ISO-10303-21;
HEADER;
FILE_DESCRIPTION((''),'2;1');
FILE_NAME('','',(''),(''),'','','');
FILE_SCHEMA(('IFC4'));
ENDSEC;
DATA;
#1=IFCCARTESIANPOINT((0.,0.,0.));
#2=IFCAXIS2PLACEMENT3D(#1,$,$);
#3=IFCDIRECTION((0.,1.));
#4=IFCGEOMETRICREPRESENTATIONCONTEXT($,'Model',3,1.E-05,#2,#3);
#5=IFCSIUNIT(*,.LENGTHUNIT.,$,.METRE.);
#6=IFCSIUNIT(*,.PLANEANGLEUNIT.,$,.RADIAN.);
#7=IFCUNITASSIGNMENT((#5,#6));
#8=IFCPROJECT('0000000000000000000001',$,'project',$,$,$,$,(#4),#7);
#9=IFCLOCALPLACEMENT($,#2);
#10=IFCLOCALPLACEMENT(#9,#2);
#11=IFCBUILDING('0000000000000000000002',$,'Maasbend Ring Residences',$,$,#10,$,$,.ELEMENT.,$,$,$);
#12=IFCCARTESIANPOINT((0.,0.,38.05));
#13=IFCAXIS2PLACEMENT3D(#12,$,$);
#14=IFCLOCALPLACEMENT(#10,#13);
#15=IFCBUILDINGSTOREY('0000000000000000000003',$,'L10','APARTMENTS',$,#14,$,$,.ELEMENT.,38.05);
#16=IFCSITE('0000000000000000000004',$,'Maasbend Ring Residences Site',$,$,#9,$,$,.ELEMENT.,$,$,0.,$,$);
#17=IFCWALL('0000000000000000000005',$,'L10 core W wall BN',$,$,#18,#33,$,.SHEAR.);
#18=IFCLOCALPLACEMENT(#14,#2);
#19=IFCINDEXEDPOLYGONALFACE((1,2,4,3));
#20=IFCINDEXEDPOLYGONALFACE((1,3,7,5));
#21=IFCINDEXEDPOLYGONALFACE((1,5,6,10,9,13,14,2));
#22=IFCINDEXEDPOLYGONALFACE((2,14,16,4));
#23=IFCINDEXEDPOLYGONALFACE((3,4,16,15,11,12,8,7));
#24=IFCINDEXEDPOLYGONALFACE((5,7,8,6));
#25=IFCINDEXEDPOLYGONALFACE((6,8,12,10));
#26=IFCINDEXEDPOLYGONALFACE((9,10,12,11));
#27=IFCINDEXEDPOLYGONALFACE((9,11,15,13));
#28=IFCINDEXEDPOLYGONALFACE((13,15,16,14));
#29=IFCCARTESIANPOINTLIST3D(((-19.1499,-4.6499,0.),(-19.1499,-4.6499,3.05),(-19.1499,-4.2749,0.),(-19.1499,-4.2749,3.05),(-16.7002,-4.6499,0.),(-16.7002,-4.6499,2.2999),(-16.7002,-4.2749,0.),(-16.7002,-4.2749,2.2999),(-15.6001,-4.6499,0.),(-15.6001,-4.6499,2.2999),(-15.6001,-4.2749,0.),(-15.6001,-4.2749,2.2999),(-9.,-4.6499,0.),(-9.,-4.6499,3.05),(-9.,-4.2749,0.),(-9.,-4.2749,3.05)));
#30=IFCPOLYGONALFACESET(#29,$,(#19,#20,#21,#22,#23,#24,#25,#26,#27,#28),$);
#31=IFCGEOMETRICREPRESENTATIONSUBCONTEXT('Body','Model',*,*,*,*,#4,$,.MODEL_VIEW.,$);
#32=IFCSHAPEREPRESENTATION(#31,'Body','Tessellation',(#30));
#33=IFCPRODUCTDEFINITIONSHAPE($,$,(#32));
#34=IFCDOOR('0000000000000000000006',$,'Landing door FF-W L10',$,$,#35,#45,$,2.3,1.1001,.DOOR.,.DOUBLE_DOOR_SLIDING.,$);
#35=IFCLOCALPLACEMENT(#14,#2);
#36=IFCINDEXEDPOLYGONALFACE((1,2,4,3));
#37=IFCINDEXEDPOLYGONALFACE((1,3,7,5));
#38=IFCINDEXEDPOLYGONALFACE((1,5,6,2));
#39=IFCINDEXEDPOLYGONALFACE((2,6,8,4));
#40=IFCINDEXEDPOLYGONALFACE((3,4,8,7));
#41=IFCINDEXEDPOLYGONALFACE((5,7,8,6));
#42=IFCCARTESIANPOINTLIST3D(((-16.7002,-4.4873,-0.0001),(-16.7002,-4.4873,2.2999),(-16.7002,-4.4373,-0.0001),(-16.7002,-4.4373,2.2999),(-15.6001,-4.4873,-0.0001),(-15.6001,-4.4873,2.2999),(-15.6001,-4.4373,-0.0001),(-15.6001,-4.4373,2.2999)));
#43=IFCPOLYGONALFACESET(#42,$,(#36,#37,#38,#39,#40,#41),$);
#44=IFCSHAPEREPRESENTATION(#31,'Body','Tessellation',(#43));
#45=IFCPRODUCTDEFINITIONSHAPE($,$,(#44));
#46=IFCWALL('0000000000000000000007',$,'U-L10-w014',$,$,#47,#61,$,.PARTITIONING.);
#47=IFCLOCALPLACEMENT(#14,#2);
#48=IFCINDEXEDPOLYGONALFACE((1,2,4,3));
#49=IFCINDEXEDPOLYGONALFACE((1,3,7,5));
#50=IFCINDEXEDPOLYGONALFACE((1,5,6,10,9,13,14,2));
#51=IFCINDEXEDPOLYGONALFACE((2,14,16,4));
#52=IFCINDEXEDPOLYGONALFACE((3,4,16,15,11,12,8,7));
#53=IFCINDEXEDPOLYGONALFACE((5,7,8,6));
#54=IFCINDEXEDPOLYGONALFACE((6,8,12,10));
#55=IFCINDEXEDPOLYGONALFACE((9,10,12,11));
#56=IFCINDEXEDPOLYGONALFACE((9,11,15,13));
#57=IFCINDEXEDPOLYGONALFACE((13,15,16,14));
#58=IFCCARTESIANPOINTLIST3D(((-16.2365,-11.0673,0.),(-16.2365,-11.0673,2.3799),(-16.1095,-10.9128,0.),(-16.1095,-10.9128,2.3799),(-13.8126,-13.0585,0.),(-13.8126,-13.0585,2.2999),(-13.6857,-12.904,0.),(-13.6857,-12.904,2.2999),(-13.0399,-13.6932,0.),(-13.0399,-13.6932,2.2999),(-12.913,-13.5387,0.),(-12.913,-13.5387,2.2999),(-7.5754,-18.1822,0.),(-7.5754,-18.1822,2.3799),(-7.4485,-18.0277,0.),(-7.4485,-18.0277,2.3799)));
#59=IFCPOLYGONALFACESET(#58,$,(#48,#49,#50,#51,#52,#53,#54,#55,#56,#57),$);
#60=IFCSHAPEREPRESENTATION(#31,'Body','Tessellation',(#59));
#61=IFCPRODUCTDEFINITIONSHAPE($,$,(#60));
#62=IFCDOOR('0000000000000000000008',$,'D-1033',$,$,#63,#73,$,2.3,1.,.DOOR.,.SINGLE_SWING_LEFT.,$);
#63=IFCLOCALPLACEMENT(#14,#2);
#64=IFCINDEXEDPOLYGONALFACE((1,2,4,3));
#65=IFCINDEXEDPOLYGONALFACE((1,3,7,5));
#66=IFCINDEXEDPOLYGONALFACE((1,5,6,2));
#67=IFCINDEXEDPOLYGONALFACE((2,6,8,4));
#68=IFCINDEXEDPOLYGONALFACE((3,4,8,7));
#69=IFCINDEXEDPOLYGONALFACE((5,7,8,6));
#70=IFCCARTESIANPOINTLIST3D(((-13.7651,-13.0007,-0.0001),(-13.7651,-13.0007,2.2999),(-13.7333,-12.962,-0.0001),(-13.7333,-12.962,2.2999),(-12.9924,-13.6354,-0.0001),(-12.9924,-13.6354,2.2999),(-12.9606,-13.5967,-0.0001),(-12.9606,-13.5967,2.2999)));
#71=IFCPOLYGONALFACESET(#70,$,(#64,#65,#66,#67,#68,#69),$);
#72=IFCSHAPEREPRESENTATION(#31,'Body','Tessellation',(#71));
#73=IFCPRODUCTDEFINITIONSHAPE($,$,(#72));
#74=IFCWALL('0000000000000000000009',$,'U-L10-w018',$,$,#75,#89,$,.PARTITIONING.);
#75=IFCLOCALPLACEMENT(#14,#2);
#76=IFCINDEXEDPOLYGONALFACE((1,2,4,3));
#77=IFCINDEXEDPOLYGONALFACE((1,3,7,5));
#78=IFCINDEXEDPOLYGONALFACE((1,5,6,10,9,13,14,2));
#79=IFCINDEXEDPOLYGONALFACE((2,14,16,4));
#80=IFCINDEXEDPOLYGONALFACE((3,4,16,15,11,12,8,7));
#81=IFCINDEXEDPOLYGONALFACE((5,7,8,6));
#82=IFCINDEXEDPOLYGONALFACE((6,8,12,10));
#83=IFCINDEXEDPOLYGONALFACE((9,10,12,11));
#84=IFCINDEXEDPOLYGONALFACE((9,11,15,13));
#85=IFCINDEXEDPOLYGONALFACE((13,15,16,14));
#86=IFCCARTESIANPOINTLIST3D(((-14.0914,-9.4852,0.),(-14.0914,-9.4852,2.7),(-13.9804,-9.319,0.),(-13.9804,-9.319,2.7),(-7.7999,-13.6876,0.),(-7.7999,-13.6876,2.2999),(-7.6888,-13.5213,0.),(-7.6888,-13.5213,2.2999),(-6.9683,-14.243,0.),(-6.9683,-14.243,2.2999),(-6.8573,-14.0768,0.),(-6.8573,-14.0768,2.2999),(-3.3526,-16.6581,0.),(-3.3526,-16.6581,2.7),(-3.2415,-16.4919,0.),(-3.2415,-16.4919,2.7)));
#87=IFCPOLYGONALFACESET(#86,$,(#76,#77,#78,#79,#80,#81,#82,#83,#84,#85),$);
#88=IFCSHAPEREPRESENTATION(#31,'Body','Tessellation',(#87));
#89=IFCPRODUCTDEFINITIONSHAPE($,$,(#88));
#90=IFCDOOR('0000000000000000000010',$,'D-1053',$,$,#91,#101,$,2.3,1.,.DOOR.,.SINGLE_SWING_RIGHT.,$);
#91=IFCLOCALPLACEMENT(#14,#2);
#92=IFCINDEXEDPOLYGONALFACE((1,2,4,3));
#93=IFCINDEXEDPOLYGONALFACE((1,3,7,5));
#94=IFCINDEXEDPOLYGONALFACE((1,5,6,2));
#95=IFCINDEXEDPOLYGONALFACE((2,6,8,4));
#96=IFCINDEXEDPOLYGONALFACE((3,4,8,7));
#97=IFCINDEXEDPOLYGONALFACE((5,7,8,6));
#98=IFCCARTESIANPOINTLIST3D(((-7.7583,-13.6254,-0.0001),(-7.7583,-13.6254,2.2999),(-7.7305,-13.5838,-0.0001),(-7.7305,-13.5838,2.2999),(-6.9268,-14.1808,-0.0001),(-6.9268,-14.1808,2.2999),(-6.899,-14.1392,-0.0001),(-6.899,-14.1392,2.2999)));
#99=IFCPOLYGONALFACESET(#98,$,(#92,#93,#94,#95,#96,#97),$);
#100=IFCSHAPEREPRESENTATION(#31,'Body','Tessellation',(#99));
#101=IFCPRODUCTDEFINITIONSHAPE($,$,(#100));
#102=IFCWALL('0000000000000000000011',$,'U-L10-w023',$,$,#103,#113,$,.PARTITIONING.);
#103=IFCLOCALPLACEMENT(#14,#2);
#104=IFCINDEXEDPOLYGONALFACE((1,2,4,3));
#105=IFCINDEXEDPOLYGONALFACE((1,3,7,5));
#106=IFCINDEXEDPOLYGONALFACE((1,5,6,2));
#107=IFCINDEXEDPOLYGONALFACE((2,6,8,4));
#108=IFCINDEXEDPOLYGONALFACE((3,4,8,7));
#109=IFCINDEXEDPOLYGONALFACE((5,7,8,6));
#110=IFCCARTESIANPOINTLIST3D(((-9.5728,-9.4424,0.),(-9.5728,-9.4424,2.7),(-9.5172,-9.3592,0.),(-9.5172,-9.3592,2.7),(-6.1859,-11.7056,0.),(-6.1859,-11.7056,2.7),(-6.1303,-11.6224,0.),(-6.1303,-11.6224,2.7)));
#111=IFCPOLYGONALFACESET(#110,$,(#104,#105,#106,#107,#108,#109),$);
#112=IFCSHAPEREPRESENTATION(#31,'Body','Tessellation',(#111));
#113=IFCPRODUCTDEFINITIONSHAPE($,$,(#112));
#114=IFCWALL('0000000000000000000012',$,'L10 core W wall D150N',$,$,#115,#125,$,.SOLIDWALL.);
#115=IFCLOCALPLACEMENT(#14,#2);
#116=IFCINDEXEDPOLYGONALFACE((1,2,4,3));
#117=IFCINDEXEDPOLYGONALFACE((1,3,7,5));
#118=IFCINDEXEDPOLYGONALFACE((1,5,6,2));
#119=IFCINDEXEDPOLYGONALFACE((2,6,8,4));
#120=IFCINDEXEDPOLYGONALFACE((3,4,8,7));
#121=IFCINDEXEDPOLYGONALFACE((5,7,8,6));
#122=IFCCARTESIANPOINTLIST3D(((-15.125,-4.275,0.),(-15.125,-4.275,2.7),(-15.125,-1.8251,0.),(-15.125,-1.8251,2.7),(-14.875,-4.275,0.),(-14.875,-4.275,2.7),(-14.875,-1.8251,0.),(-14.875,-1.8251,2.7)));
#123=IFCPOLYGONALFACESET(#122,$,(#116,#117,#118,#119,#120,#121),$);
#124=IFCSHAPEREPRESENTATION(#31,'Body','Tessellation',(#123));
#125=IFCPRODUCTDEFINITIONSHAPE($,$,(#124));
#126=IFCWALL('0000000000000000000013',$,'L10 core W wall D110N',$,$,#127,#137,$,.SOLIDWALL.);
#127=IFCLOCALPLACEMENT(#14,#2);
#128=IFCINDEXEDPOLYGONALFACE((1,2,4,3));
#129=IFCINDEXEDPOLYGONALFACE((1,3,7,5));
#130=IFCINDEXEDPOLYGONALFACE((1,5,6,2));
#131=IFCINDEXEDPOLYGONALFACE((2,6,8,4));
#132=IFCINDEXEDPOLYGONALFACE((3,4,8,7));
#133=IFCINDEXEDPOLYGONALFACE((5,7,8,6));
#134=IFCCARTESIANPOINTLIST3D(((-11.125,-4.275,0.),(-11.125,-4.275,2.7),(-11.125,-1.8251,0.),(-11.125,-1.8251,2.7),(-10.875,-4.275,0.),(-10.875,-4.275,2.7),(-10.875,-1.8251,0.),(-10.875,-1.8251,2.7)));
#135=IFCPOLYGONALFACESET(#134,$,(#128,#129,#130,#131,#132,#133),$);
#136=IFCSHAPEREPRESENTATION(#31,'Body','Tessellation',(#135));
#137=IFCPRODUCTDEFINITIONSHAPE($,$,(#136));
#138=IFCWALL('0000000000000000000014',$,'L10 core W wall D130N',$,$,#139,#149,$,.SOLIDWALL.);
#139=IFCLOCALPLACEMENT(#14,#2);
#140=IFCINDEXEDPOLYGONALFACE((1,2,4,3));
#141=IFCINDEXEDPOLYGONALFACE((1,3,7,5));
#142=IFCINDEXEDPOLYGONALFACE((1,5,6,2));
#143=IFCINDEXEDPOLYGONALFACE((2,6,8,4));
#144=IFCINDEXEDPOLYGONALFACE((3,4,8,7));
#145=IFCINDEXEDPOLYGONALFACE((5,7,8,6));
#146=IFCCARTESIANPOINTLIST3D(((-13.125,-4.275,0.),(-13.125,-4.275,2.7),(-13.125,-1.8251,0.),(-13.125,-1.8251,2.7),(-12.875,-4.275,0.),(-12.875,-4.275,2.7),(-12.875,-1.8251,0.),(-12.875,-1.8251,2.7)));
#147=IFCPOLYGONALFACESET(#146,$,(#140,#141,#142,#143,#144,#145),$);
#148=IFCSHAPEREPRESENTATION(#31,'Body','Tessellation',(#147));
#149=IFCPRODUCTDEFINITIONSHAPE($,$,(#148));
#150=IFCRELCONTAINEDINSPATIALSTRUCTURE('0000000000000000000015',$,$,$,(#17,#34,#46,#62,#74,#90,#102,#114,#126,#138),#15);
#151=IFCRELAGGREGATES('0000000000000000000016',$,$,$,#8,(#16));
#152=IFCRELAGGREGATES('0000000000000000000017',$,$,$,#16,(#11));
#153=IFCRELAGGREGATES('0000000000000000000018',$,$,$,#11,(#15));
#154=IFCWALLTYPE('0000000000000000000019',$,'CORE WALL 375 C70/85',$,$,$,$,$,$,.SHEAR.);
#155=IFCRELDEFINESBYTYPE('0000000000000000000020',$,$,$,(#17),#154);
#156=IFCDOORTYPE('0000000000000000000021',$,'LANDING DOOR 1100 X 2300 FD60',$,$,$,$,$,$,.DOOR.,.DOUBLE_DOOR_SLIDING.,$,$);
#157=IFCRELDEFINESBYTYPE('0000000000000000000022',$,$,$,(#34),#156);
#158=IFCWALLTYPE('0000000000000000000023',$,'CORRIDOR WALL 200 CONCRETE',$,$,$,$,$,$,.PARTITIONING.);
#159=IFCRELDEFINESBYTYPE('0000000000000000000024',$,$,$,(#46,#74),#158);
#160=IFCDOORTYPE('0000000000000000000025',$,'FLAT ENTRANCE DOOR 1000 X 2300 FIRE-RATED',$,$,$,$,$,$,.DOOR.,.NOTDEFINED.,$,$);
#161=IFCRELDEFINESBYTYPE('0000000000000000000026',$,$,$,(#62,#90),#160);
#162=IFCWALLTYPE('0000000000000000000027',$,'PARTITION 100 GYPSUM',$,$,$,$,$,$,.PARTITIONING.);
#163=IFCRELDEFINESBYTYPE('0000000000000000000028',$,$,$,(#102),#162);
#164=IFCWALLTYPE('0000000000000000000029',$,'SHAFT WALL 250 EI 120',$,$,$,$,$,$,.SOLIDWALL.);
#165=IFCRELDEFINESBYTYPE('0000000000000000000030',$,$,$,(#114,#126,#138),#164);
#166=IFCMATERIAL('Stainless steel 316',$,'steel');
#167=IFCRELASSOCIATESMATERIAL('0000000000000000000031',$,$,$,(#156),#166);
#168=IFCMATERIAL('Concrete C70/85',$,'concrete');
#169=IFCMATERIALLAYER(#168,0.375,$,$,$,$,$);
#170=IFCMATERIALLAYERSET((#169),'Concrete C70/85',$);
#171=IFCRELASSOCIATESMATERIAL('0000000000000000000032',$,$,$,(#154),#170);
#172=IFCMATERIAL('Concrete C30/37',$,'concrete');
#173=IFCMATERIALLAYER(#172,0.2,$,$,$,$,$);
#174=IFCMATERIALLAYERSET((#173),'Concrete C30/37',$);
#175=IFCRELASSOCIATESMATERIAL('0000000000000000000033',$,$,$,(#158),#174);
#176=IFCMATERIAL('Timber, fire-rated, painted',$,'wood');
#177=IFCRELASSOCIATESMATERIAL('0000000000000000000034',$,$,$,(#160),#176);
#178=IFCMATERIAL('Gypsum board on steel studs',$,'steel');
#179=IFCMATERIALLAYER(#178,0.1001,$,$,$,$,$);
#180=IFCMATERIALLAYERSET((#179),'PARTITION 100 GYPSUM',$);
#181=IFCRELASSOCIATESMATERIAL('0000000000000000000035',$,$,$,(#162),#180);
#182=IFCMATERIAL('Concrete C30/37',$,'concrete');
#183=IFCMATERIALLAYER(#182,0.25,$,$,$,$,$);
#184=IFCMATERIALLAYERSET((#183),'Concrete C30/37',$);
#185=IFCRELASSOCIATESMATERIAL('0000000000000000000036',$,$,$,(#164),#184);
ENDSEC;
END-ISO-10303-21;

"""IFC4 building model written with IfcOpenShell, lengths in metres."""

from ifc_helpers import new_model, si_unit, direction, frame, frame_2d, origin, place, context, subcontext, project, spatial, rectangle, extrude, material, layer, layer_set, type_object, element, fill, save


model = new_model("IFC4")

# Units and contexts
model_context = context("Model", 3, precision=1e-05, world=origin(), true_north=direction((0.0, 1.0)))
body_context = subcontext(model_context, "Body", "Model", "MODEL_VIEW")
ifc_project = project(units=[si_unit("LENGTHUNIT", "METRE"), si_unit("PLANEANGLEUNIT", "RADIAN")], contexts=[model_context])

# Site, building, storey
site_placement = place(None, origin())
site = spatial("IfcSite", under=ifc_project, at=site_placement, Name="Maasbend Ring Residences Site", CompositionType="ELEMENT", RefElevation=0.0)
building_placement = place(site_placement, origin())
building = spatial("IfcBuilding", under=site, at=building_placement, Name="Maasbend Ring Residences", CompositionType="ELEMENT")
storey_placement = place(building_placement, frame((0.0, 0.0, 38.05)))
storey = spatial("IfcBuildingStorey", under=building, at=storey_placement, Name="L10", Description="APARTMENTS", CompositionType="ELEMENT", Elevation=38.05)

# Shared definitions
ifc_material_1 = material(Name="Stainless steel 316", Category="steel")
door_type_1 = type_object("IfcDoorType", Name="LANDING DOOR 1100 X 2300 FD60", OperationType="DOUBLE_DOOR_SLIDING", PredefinedType="DOOR", material=ifc_material_1)

# Walls, openings, doors
ifc_material_2 = material(Name="Concrete C70/85", Category="concrete")
ifc_layer_1 = layer(ifc_material_2, 0.375)
ifc_layer_set_1 = layer_set([ifc_layer_1], Name="Concrete C70/85")
wall_type_1 = type_object("IfcWallType", Name="CORE WALL 375 C70/85", PredefinedType="SHEAR", material=ifc_layer_set_1)
wall_1_placement = place(storey_placement, frame((-9.0, -4.4624, 0.0), z_axis=(0.0, 0.0, 1.0), x_axis=(-1.0, 0.0, 0.0)))
wall_1 = element("IfcWall", 1, at=wall_1_placement, inside=storey, type_object=wall_type_1, Name="L10 core W wall BN", PredefinedType="SHEAR", context=body_context, shape_type="SweptSolid", body=[
    extrude(rectangle(XDim=10.1499, YDim=0.375, at=frame_2d((5.075, 0.0))), origin(), (0.0, 0.0, 1.0), 3.05),
])
opening_1_placement = place(wall_1_placement, frame((6.6001, 0.0, 0.0)))
opening_1 = element("IfcOpeningElement", 2, at=opening_1_placement, cuts=wall_1, PredefinedType="OPENING", context=body_context, shape_type="SweptSolid", body=[
    extrude(rectangle(XDim=1.1001, YDim=2.3, at=frame_2d((0.55, 1.1499))), frame((0.0, 0.1975, 0.0), z_axis=(0.0, -1.0, 0.0), x_axis=(1.0, 0.0, 0.0)), (0.0, 0.0, 1.0), 0.395),
])
door_1_placement = place(opening_1_placement, origin())
door_1 = element("IfcDoor", 3, at=door_1_placement, inside=storey, type_object=door_type_1, Name="Landing door FF-W L10", OperationType="DOUBLE_DOOR_SLIDING", OverallHeight=2.3, OverallWidth=1.1001, PredefinedType="DOOR", context=body_context, shape_type="SweptSolid", body=[
    extrude(rectangle(XDim=1.1001, YDim=2.3, at=frame_2d((0.55, 1.1499))), frame((0.0, 0.0249, 0.0), z_axis=(0.0, -1.0, 0.0), x_axis=(1.0, 0.0, 0.0)), (0.0, 0.0, 1.0), 0.05),
])
fill(opening_1, door_1)
ifc_material_3 = material(Name="Concrete C30/37", Category="concrete")
ifc_layer_2 = layer(ifc_material_3, 0.2)
ifc_layer_set_2 = layer_set([ifc_layer_2], Name="Concrete C30/37")
wall_type_2 = type_object("IfcWallType", Name="CORRIDOR WALL 200 CONCRETE", PredefinedType="PARTITIONING", material=ifc_layer_set_2)
wall_2_placement = place(storey_placement, frame((-16.1731, -10.99, 0.0), z_axis=(0.0, 0.0, 1.0), x_axis=(0.772705, -0.634765, 0.0)))
wall_2 = element("IfcWall", 4, at=wall_2_placement, inside=storey, type_object=wall_type_2, Name="U-L10-w014", PredefinedType="PARTITIONING", context=body_context, shape_type="SweptSolid", body=[
    extrude(rectangle(XDim=11.2087, YDim=0.2, at=frame_2d((5.6045, 0.0))), origin(), (0.0, 0.0, 1.0), 2.3799),
])
opening_2_placement = place(wall_2_placement, frame((3.137, 0.0, 0.0)))
opening_2 = element("IfcOpeningElement", 5, at=opening_2_placement, cuts=wall_2, PredefinedType="OPENING", context=body_context, shape_type="SweptSolid", body=[
    extrude(rectangle(XDim=1.0, YDim=2.3, at=frame_2d((0.5, 1.1499))), frame((0.0, 0.1099, 0.0), z_axis=(0.0, -1.0, 0.0), x_axis=(1.0, 0.0, 0.0)), (0.0, 0.0, 1.0), 0.22),
])
ifc_material_4 = material(Name="Timber, fire-rated, painted", Category="wood")
door_type_2 = type_object("IfcDoorType", Name="FLAT ENTRANCE DOOR 1000 X 2300 FIRE-RATED", OperationType="NOTDEFINED", PredefinedType="DOOR", material=ifc_material_4)
door_2_placement = place(opening_2_placement, origin())
door_2 = element("IfcDoor", 6, at=door_2_placement, inside=storey, type_object=door_type_2, Name="D-1033", OperationType="SINGLE_SWING_LEFT", OverallHeight=2.3, OverallWidth=1.0, PredefinedType="DOOR", context=body_context, shape_type="SweptSolid", body=[
    extrude(rectangle(XDim=1.0, YDim=2.3, at=frame_2d((0.5, 1.1499))), frame((0.0, 0.0249, 0.0), z_axis=(0.0, -1.0, 0.0), x_axis=(1.0, 0.0, 0.0)), (0.0, 0.0, 1.0), 0.05),
])
fill(opening_2, door_2)
wall_3_placement = place(storey_placement, frame((-14.0359, -9.4021, 0.0), z_axis=(0.0, 0.0, 1.0), x_axis=(0.831561, -0.555433, 0.0)))
wall_3 = element("IfcWall", 7, at=wall_3_placement, inside=storey, type_object=wall_type_2, Name="U-L10-w018", PredefinedType="PARTITIONING", context=body_context, shape_type="SweptSolid", body=[
    extrude(rectangle(XDim=12.9141, YDim=0.2, at=frame_2d((6.457, 0.0))), origin(), (0.0, 0.0, 1.0), 2.7),
])
opening_3_placement = place(wall_3_placement, frame((7.5659, 0.0, 0.0)))
opening_3 = element("IfcOpeningElement", 8, at=opening_3_placement, cuts=wall_3, PredefinedType="OPENING", context=body_context, shape_type="SweptSolid", body=[
    extrude(rectangle(XDim=1.0, YDim=2.3, at=frame_2d((0.5, 1.1499))), frame((0.0, 0.1099, 0.0), z_axis=(0.0, -1.0, 0.0), x_axis=(1.0, 0.0, 0.0)), (0.0, 0.0, 1.0), 0.22),
])
door_3_placement = place(opening_3_placement, origin())
door_3 = element("IfcDoor", 9, at=door_3_placement, inside=storey, type_object=door_type_2, Name="D-1053", OperationType="SINGLE_SWING_RIGHT", OverallHeight=2.3, OverallWidth=1.0, PredefinedType="DOOR", context=body_context, shape_type="SweptSolid", body=[
    extrude(rectangle(XDim=1.0, YDim=2.3, at=frame_2d((0.5, 1.1499))), frame((0.0, 0.0249, 0.0), z_axis=(0.0, -1.0, 0.0), x_axis=(1.0, 0.0, 0.0)), (0.0, 0.0, 1.0), 0.05),
])
fill(opening_3, door_3)

# Walls
ifc_material_5 = material(Name="Gypsum board on steel studs", Category="steel")
ifc_layer_3 = layer(ifc_material_5, 0.1001)
ifc_layer_set_3 = layer_set([ifc_layer_3], Name="PARTITION 100 GYPSUM")
wall_type_3 = type_object("IfcWallType", Name="PARTITION 100 GYPSUM", PredefinedType="PARTITIONING", material=ifc_layer_set_3)
wall_4_placement = place(storey_placement, frame((-9.5449, -9.4009, 0.0), z_axis=(0.0, 0.0, 1.0), x_axis=(0.83146, -0.555585, 0.0)))
element("IfcWall", 10, at=wall_4_placement, inside=storey, type_object=wall_type_3, Name="U-L10-w023", PredefinedType="PARTITIONING", context=body_context, shape_type="SweptSolid", body=[
    extrude(rectangle(XDim=4.0735, YDim=0.1001, at=frame_2d((2.0366, 0.0))), origin(), (0.0, 0.0, 1.0), 2.7),
])
ifc_material_6 = material(Name="Concrete C30/37", Category="concrete")
ifc_layer_4 = layer(ifc_material_6, 0.25)
ifc_layer_set_4 = layer_set([ifc_layer_4], Name="Concrete C30/37")
wall_type_4 = type_object("IfcWallType", Name="SHAFT WALL 250 EI 120", PredefinedType="SOLIDWALL", material=ifc_layer_set_4)
for number, where, z_axis, x_axis, name in (
    (11, (-15.0, -1.825, 0.0), (0.0, 0.0, 1.0), (0.0, -1.0, 0.0), "L10 core W wall D150N"),
    (12, (-11.0, -1.825, 0.0), (0.0, 0.0, 1.0), (0.0, -1.0, 0.0), "L10 core W wall D110N"),
    (13, (-13.0, -1.825, 0.0), (0.0, 0.0, 1.0), (0.0, -1.0, 0.0), "L10 core W wall D130N"),
):
    element("IfcWall", number, at=place(storey_placement, frame(where, z_axis=z_axis, x_axis=x_axis)), inside=storey, type_object=wall_type_4, Name=name, PredefinedType="SOLIDWALL", context=body_context, shape_type="SweptSolid", body=[
        extrude(rectangle(XDim=2.45, YDim=0.25, at=frame_2d((1.2251, 0.0))), origin(), (0.0, 0.0, 1.0), 2.7),
    ])

save(model, "model.ifc")
